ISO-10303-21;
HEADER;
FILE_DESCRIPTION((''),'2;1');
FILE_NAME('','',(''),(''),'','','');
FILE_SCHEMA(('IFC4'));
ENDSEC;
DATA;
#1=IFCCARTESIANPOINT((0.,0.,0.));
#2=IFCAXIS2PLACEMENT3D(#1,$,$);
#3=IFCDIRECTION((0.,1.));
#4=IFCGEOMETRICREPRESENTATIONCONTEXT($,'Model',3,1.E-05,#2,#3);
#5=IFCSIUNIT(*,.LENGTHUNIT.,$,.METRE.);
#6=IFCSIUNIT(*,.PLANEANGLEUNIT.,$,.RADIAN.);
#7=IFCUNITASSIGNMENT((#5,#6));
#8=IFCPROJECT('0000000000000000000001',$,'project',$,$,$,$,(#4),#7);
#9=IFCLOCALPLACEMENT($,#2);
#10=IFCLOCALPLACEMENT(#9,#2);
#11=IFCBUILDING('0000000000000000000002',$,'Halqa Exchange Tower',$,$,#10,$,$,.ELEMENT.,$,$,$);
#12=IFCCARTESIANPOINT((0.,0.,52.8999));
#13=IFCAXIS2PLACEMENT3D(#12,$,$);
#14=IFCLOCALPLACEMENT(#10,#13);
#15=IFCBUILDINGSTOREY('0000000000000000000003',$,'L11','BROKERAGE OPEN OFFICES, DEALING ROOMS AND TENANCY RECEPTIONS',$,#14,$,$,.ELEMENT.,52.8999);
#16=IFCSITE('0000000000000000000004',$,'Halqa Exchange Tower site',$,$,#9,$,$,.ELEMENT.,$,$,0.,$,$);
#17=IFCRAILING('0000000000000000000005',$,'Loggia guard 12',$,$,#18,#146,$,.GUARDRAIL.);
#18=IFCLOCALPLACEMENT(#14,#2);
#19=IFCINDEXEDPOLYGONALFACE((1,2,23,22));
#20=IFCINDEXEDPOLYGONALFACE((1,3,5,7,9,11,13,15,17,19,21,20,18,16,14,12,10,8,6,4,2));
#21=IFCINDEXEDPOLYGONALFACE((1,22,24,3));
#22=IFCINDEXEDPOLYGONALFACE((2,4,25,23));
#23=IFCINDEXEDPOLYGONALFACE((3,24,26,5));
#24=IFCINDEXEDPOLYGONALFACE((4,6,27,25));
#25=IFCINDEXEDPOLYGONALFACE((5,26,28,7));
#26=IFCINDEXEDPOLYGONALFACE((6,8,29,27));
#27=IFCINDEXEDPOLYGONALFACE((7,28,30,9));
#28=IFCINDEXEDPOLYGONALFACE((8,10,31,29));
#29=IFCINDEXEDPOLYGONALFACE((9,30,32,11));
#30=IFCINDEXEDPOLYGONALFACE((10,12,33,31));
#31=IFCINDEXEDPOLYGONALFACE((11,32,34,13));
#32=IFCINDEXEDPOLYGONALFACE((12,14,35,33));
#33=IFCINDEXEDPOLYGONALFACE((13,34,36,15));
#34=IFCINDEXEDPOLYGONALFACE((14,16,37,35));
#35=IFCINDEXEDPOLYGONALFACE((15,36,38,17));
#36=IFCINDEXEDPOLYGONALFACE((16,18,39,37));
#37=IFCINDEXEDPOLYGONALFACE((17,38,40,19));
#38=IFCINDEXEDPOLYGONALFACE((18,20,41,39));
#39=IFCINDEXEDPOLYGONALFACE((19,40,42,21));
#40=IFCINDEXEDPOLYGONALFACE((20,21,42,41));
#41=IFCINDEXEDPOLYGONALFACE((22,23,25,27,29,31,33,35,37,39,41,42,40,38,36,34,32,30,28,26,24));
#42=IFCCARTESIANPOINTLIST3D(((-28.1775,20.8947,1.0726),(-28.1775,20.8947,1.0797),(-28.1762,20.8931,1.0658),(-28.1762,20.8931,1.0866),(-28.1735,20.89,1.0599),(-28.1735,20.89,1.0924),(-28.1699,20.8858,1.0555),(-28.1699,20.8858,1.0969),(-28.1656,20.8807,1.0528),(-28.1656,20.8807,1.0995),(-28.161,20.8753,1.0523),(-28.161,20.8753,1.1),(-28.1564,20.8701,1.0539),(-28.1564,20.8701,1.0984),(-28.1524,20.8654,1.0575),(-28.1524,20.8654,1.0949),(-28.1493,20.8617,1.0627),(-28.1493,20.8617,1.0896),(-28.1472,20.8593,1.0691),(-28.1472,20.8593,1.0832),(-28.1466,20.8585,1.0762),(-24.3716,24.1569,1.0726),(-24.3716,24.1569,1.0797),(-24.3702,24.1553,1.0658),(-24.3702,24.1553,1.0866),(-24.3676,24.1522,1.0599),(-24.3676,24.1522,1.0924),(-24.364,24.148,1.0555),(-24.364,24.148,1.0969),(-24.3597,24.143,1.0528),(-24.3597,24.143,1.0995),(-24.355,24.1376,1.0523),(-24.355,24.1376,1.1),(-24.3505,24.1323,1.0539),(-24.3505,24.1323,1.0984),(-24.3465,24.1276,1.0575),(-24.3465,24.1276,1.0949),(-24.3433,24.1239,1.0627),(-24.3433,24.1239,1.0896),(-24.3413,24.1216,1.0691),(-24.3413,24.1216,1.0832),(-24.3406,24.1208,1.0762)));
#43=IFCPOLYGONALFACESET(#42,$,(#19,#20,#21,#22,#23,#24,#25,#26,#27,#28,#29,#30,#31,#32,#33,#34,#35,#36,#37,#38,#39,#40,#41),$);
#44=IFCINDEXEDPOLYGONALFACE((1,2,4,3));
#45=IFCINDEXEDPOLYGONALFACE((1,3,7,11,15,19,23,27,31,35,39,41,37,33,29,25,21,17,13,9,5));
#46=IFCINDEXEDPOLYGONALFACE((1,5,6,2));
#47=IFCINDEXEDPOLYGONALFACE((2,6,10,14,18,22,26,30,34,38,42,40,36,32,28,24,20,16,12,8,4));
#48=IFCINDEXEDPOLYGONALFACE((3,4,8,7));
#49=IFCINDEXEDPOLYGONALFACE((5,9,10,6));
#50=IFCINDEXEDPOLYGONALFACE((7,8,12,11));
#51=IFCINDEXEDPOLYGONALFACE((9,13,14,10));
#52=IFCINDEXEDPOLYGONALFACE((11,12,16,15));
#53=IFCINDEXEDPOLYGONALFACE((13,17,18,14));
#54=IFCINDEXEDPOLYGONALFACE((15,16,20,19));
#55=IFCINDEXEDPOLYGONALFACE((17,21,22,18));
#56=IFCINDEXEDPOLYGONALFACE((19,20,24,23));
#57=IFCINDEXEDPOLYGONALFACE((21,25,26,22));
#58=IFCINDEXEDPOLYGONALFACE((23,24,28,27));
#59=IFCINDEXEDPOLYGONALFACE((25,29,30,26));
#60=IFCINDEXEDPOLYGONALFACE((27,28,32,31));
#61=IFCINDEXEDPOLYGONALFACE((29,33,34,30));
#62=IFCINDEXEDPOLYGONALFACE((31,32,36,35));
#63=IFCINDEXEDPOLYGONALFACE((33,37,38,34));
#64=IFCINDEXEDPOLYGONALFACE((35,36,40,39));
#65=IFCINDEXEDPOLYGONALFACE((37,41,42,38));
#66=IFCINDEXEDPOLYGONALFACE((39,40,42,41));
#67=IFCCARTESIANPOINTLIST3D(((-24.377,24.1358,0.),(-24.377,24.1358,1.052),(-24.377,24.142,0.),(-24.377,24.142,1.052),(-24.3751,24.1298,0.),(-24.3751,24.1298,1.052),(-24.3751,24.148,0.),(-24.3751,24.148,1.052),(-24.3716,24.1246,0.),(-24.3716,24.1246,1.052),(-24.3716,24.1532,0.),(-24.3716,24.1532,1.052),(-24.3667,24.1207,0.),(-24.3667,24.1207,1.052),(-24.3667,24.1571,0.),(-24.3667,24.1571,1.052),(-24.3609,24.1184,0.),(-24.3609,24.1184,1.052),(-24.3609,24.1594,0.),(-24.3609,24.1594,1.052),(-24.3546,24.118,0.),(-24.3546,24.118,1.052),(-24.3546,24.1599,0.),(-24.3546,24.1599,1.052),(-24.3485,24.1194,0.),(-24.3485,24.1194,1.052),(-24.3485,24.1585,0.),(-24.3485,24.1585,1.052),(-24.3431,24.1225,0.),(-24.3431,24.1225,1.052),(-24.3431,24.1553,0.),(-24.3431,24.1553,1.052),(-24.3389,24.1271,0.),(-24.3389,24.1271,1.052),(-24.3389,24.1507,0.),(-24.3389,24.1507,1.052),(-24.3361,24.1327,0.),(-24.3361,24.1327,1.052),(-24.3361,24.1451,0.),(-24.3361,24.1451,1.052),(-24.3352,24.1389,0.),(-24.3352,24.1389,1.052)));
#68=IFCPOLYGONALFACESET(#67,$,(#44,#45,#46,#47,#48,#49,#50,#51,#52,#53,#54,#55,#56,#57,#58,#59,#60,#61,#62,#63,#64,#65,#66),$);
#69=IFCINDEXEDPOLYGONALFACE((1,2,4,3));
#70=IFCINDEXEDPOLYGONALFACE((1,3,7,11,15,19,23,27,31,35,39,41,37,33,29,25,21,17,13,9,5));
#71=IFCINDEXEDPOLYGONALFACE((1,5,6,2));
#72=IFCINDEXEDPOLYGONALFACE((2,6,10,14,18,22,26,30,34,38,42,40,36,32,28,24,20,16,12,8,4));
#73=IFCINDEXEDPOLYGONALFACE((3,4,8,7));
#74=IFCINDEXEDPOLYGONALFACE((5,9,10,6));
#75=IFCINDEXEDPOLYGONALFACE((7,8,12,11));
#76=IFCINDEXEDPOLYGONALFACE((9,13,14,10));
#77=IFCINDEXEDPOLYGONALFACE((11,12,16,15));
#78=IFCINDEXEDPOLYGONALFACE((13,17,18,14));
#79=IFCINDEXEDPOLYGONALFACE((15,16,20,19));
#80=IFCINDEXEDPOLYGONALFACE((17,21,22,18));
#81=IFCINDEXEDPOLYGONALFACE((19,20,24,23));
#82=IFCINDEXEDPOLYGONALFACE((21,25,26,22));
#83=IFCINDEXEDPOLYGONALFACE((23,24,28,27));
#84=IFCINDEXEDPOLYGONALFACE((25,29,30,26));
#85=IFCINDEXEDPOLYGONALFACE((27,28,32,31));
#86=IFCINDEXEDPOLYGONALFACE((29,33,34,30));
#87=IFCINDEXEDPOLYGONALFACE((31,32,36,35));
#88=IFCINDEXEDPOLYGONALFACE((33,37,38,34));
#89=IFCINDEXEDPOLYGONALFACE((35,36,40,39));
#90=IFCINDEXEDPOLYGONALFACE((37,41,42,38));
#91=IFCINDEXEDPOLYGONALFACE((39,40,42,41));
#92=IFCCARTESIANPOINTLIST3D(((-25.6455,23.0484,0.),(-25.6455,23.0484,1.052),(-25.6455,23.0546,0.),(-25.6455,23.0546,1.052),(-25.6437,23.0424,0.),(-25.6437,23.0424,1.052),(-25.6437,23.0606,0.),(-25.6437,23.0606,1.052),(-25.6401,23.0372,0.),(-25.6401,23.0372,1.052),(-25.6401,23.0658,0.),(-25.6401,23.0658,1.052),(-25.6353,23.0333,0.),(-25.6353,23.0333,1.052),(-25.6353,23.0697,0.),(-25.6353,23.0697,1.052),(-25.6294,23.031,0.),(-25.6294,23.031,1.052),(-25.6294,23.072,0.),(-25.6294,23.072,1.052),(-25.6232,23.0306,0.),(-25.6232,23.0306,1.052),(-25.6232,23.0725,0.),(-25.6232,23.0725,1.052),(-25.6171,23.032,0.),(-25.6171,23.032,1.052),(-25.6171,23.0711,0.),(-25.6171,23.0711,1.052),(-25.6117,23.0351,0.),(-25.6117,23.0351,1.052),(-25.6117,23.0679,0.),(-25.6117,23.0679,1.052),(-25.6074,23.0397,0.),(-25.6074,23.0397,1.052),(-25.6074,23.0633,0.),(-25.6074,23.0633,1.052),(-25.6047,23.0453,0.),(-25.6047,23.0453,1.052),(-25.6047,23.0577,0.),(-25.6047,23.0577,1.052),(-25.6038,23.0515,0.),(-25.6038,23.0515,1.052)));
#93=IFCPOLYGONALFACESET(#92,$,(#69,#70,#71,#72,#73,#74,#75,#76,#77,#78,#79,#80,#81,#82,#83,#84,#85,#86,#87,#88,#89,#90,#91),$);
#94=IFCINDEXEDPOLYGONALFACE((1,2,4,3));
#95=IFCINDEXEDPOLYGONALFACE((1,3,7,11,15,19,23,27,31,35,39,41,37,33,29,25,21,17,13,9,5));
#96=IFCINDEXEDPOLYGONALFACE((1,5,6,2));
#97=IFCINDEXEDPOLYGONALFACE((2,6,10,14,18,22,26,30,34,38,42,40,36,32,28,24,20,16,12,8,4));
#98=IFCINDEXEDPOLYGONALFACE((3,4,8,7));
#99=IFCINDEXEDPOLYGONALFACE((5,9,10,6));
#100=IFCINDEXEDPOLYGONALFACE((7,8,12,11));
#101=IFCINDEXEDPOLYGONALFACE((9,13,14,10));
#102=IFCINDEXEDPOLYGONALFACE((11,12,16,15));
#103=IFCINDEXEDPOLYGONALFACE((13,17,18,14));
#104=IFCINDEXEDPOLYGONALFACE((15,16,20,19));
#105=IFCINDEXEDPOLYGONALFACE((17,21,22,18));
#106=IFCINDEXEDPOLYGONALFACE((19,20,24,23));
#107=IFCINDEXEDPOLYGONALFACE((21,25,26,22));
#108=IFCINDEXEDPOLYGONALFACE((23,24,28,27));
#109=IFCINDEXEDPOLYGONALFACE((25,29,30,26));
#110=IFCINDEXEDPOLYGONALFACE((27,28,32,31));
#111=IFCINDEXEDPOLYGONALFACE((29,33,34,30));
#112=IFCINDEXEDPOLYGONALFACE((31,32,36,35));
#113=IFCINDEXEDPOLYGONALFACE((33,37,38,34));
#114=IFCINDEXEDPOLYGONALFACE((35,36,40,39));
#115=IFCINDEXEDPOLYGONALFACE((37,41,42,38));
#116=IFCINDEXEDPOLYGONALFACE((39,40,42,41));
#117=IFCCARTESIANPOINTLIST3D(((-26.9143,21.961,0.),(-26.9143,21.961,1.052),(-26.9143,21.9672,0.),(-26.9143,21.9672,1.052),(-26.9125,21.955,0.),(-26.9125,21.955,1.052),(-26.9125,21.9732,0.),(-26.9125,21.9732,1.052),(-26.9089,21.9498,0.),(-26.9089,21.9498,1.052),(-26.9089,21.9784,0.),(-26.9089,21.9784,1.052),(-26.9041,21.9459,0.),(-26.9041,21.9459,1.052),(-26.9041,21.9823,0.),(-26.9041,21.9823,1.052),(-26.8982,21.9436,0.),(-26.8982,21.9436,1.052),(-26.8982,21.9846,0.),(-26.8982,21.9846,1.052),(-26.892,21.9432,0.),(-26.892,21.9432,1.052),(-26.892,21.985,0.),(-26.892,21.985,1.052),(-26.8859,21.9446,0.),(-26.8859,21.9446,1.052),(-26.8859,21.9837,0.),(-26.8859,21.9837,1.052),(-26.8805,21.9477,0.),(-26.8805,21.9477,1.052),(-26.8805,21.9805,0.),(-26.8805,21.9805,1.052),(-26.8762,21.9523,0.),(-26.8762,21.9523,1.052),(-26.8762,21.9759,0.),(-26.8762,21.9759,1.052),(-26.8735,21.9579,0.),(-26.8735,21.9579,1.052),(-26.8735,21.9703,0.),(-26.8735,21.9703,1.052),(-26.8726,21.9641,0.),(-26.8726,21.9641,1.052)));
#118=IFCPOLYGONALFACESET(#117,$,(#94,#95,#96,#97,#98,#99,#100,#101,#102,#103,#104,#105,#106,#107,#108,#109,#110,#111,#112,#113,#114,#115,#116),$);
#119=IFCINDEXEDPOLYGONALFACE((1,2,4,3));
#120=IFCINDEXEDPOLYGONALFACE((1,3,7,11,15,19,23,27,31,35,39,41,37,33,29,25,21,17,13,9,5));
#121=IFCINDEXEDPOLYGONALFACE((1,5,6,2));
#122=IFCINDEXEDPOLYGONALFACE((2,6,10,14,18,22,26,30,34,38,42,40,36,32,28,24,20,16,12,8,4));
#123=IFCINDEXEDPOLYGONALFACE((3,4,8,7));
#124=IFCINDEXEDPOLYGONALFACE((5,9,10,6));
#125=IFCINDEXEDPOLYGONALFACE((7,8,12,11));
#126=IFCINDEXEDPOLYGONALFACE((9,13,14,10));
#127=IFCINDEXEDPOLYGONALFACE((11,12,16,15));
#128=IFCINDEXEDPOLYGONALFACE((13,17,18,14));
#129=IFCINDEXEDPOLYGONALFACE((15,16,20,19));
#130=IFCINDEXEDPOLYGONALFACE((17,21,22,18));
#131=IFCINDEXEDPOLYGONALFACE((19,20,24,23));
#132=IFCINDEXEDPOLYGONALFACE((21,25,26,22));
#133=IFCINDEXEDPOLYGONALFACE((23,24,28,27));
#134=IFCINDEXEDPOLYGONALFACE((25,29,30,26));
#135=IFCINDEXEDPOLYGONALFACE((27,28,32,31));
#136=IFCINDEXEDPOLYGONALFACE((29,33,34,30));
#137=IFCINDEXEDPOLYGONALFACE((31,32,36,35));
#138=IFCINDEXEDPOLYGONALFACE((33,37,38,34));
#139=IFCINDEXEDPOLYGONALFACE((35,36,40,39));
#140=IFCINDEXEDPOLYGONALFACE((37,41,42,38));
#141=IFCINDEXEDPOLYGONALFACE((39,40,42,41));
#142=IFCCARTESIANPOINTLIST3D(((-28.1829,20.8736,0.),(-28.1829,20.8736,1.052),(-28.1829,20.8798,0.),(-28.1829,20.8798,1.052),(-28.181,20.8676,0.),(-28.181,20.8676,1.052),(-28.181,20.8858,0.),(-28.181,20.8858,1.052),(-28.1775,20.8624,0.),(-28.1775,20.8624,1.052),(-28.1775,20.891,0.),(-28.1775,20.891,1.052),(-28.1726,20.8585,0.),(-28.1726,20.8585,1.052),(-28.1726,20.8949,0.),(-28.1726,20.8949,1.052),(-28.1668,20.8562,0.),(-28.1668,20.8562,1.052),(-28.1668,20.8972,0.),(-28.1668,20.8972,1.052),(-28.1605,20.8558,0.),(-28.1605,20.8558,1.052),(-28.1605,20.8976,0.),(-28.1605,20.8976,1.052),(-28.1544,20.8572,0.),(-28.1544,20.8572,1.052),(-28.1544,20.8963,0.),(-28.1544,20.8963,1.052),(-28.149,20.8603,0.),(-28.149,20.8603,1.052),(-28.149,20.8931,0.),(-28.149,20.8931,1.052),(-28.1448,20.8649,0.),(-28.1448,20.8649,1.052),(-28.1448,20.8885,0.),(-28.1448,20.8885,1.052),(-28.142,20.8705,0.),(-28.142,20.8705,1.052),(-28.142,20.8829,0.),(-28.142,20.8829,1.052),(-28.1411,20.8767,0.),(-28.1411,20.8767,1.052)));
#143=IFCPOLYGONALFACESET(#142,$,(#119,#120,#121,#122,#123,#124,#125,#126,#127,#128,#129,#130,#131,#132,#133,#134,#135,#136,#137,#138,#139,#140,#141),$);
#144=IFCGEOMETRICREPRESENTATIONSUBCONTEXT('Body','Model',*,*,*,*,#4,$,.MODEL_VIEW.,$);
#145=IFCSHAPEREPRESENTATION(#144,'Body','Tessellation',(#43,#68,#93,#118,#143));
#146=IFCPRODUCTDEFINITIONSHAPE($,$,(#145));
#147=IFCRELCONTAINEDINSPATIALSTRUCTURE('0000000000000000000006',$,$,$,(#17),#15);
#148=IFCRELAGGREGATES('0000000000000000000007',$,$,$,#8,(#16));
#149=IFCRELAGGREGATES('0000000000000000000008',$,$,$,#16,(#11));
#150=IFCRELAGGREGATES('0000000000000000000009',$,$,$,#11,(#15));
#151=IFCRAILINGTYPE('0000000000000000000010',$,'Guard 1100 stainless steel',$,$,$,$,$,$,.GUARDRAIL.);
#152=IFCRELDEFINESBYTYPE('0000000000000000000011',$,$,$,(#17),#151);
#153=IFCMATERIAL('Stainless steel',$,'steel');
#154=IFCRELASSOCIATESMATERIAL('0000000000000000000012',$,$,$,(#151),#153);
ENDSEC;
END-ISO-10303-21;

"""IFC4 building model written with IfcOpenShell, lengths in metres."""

from ifc_helpers import new_model, si_unit, direction, frame, origin, origin_2d, place, context, subcontext, project, spatial, circle, extrude, material, type_object, element, save


model = new_model("IFC4")

# Units and contexts
model_context = context("Model", 3, precision=1e-05, world=origin(), true_north=direction((0.0, 1.0)))
body_context = subcontext(model_context, "Body", "Model", "MODEL_VIEW")
ifc_project = project(units=[si_unit("LENGTHUNIT", "METRE"), si_unit("PLANEANGLEUNIT", "RADIAN")], contexts=[model_context])

# Site, building, storey
site_placement = place(None, origin())
site = spatial("IfcSite", under=ifc_project, at=site_placement, Name="Halqa Exchange Tower site", CompositionType="ELEMENT", RefElevation=0.0)
building_placement = place(site_placement, origin())
building = spatial("IfcBuilding", under=site, at=building_placement, Name="Halqa Exchange Tower", CompositionType="ELEMENT")
storey_placement = place(building_placement, frame((0.0, 0.0, 52.8999)))
storey = spatial("IfcBuildingStorey", under=building, at=storey_placement, Name="L11", Description="BROKERAGE OPEN OFFICES, DEALING ROOMS AND TENANCY RECEPTIONS", CompositionType="ELEMENT", Elevation=52.8999)

# Railing
ifc_material_1 = material(Name="Stainless steel", Category="steel")
railing_type = type_object("IfcRailingType", Name="Guard 1100 stainless steel", PredefinedType="GUARDRAIL", material=ifc_material_1)
railing_1_placement = place(storey_placement, frame((-24.3562, 24.1389, 0.0)))
element("IfcRailing", 1, at=railing_1_placement, inside=storey, type_object=railing_type, Name="Loggia guard 12", PredefinedType="GUARDRAIL", context=body_context, shape_type="SweptSolid", body=[
    extrude(circle(Radius=0.0239, at=origin_2d()), frame((0.0, 0.0, 1.0762), z_axis=(-0.759257, -0.650791, 0.0), x_axis=(0.650791, -0.759257, 0.0)), (0.0, 0.0, 1.0), 5.0127),
    extrude(circle(Radius=0.021, at=origin_2d()), origin(), (0.0, 0.0, 1.0), 1.052),
    extrude(circle(Radius=0.021, at=origin_2d()), frame((-1.2686, -1.0874, 0.0)), (0.0, 0.0, 1.0), 1.052),
    extrude(circle(Radius=0.021, at=origin_2d()), frame((-2.5374, -2.1748, 0.0)), (0.0, 0.0, 1.0), 1.052),
    extrude(circle(Radius=0.021, at=origin_2d()), frame((-3.8059, -3.2622, 0.0)), (0.0, 0.0, 1.0), 1.052),
])

save(model, "model.ifc")
